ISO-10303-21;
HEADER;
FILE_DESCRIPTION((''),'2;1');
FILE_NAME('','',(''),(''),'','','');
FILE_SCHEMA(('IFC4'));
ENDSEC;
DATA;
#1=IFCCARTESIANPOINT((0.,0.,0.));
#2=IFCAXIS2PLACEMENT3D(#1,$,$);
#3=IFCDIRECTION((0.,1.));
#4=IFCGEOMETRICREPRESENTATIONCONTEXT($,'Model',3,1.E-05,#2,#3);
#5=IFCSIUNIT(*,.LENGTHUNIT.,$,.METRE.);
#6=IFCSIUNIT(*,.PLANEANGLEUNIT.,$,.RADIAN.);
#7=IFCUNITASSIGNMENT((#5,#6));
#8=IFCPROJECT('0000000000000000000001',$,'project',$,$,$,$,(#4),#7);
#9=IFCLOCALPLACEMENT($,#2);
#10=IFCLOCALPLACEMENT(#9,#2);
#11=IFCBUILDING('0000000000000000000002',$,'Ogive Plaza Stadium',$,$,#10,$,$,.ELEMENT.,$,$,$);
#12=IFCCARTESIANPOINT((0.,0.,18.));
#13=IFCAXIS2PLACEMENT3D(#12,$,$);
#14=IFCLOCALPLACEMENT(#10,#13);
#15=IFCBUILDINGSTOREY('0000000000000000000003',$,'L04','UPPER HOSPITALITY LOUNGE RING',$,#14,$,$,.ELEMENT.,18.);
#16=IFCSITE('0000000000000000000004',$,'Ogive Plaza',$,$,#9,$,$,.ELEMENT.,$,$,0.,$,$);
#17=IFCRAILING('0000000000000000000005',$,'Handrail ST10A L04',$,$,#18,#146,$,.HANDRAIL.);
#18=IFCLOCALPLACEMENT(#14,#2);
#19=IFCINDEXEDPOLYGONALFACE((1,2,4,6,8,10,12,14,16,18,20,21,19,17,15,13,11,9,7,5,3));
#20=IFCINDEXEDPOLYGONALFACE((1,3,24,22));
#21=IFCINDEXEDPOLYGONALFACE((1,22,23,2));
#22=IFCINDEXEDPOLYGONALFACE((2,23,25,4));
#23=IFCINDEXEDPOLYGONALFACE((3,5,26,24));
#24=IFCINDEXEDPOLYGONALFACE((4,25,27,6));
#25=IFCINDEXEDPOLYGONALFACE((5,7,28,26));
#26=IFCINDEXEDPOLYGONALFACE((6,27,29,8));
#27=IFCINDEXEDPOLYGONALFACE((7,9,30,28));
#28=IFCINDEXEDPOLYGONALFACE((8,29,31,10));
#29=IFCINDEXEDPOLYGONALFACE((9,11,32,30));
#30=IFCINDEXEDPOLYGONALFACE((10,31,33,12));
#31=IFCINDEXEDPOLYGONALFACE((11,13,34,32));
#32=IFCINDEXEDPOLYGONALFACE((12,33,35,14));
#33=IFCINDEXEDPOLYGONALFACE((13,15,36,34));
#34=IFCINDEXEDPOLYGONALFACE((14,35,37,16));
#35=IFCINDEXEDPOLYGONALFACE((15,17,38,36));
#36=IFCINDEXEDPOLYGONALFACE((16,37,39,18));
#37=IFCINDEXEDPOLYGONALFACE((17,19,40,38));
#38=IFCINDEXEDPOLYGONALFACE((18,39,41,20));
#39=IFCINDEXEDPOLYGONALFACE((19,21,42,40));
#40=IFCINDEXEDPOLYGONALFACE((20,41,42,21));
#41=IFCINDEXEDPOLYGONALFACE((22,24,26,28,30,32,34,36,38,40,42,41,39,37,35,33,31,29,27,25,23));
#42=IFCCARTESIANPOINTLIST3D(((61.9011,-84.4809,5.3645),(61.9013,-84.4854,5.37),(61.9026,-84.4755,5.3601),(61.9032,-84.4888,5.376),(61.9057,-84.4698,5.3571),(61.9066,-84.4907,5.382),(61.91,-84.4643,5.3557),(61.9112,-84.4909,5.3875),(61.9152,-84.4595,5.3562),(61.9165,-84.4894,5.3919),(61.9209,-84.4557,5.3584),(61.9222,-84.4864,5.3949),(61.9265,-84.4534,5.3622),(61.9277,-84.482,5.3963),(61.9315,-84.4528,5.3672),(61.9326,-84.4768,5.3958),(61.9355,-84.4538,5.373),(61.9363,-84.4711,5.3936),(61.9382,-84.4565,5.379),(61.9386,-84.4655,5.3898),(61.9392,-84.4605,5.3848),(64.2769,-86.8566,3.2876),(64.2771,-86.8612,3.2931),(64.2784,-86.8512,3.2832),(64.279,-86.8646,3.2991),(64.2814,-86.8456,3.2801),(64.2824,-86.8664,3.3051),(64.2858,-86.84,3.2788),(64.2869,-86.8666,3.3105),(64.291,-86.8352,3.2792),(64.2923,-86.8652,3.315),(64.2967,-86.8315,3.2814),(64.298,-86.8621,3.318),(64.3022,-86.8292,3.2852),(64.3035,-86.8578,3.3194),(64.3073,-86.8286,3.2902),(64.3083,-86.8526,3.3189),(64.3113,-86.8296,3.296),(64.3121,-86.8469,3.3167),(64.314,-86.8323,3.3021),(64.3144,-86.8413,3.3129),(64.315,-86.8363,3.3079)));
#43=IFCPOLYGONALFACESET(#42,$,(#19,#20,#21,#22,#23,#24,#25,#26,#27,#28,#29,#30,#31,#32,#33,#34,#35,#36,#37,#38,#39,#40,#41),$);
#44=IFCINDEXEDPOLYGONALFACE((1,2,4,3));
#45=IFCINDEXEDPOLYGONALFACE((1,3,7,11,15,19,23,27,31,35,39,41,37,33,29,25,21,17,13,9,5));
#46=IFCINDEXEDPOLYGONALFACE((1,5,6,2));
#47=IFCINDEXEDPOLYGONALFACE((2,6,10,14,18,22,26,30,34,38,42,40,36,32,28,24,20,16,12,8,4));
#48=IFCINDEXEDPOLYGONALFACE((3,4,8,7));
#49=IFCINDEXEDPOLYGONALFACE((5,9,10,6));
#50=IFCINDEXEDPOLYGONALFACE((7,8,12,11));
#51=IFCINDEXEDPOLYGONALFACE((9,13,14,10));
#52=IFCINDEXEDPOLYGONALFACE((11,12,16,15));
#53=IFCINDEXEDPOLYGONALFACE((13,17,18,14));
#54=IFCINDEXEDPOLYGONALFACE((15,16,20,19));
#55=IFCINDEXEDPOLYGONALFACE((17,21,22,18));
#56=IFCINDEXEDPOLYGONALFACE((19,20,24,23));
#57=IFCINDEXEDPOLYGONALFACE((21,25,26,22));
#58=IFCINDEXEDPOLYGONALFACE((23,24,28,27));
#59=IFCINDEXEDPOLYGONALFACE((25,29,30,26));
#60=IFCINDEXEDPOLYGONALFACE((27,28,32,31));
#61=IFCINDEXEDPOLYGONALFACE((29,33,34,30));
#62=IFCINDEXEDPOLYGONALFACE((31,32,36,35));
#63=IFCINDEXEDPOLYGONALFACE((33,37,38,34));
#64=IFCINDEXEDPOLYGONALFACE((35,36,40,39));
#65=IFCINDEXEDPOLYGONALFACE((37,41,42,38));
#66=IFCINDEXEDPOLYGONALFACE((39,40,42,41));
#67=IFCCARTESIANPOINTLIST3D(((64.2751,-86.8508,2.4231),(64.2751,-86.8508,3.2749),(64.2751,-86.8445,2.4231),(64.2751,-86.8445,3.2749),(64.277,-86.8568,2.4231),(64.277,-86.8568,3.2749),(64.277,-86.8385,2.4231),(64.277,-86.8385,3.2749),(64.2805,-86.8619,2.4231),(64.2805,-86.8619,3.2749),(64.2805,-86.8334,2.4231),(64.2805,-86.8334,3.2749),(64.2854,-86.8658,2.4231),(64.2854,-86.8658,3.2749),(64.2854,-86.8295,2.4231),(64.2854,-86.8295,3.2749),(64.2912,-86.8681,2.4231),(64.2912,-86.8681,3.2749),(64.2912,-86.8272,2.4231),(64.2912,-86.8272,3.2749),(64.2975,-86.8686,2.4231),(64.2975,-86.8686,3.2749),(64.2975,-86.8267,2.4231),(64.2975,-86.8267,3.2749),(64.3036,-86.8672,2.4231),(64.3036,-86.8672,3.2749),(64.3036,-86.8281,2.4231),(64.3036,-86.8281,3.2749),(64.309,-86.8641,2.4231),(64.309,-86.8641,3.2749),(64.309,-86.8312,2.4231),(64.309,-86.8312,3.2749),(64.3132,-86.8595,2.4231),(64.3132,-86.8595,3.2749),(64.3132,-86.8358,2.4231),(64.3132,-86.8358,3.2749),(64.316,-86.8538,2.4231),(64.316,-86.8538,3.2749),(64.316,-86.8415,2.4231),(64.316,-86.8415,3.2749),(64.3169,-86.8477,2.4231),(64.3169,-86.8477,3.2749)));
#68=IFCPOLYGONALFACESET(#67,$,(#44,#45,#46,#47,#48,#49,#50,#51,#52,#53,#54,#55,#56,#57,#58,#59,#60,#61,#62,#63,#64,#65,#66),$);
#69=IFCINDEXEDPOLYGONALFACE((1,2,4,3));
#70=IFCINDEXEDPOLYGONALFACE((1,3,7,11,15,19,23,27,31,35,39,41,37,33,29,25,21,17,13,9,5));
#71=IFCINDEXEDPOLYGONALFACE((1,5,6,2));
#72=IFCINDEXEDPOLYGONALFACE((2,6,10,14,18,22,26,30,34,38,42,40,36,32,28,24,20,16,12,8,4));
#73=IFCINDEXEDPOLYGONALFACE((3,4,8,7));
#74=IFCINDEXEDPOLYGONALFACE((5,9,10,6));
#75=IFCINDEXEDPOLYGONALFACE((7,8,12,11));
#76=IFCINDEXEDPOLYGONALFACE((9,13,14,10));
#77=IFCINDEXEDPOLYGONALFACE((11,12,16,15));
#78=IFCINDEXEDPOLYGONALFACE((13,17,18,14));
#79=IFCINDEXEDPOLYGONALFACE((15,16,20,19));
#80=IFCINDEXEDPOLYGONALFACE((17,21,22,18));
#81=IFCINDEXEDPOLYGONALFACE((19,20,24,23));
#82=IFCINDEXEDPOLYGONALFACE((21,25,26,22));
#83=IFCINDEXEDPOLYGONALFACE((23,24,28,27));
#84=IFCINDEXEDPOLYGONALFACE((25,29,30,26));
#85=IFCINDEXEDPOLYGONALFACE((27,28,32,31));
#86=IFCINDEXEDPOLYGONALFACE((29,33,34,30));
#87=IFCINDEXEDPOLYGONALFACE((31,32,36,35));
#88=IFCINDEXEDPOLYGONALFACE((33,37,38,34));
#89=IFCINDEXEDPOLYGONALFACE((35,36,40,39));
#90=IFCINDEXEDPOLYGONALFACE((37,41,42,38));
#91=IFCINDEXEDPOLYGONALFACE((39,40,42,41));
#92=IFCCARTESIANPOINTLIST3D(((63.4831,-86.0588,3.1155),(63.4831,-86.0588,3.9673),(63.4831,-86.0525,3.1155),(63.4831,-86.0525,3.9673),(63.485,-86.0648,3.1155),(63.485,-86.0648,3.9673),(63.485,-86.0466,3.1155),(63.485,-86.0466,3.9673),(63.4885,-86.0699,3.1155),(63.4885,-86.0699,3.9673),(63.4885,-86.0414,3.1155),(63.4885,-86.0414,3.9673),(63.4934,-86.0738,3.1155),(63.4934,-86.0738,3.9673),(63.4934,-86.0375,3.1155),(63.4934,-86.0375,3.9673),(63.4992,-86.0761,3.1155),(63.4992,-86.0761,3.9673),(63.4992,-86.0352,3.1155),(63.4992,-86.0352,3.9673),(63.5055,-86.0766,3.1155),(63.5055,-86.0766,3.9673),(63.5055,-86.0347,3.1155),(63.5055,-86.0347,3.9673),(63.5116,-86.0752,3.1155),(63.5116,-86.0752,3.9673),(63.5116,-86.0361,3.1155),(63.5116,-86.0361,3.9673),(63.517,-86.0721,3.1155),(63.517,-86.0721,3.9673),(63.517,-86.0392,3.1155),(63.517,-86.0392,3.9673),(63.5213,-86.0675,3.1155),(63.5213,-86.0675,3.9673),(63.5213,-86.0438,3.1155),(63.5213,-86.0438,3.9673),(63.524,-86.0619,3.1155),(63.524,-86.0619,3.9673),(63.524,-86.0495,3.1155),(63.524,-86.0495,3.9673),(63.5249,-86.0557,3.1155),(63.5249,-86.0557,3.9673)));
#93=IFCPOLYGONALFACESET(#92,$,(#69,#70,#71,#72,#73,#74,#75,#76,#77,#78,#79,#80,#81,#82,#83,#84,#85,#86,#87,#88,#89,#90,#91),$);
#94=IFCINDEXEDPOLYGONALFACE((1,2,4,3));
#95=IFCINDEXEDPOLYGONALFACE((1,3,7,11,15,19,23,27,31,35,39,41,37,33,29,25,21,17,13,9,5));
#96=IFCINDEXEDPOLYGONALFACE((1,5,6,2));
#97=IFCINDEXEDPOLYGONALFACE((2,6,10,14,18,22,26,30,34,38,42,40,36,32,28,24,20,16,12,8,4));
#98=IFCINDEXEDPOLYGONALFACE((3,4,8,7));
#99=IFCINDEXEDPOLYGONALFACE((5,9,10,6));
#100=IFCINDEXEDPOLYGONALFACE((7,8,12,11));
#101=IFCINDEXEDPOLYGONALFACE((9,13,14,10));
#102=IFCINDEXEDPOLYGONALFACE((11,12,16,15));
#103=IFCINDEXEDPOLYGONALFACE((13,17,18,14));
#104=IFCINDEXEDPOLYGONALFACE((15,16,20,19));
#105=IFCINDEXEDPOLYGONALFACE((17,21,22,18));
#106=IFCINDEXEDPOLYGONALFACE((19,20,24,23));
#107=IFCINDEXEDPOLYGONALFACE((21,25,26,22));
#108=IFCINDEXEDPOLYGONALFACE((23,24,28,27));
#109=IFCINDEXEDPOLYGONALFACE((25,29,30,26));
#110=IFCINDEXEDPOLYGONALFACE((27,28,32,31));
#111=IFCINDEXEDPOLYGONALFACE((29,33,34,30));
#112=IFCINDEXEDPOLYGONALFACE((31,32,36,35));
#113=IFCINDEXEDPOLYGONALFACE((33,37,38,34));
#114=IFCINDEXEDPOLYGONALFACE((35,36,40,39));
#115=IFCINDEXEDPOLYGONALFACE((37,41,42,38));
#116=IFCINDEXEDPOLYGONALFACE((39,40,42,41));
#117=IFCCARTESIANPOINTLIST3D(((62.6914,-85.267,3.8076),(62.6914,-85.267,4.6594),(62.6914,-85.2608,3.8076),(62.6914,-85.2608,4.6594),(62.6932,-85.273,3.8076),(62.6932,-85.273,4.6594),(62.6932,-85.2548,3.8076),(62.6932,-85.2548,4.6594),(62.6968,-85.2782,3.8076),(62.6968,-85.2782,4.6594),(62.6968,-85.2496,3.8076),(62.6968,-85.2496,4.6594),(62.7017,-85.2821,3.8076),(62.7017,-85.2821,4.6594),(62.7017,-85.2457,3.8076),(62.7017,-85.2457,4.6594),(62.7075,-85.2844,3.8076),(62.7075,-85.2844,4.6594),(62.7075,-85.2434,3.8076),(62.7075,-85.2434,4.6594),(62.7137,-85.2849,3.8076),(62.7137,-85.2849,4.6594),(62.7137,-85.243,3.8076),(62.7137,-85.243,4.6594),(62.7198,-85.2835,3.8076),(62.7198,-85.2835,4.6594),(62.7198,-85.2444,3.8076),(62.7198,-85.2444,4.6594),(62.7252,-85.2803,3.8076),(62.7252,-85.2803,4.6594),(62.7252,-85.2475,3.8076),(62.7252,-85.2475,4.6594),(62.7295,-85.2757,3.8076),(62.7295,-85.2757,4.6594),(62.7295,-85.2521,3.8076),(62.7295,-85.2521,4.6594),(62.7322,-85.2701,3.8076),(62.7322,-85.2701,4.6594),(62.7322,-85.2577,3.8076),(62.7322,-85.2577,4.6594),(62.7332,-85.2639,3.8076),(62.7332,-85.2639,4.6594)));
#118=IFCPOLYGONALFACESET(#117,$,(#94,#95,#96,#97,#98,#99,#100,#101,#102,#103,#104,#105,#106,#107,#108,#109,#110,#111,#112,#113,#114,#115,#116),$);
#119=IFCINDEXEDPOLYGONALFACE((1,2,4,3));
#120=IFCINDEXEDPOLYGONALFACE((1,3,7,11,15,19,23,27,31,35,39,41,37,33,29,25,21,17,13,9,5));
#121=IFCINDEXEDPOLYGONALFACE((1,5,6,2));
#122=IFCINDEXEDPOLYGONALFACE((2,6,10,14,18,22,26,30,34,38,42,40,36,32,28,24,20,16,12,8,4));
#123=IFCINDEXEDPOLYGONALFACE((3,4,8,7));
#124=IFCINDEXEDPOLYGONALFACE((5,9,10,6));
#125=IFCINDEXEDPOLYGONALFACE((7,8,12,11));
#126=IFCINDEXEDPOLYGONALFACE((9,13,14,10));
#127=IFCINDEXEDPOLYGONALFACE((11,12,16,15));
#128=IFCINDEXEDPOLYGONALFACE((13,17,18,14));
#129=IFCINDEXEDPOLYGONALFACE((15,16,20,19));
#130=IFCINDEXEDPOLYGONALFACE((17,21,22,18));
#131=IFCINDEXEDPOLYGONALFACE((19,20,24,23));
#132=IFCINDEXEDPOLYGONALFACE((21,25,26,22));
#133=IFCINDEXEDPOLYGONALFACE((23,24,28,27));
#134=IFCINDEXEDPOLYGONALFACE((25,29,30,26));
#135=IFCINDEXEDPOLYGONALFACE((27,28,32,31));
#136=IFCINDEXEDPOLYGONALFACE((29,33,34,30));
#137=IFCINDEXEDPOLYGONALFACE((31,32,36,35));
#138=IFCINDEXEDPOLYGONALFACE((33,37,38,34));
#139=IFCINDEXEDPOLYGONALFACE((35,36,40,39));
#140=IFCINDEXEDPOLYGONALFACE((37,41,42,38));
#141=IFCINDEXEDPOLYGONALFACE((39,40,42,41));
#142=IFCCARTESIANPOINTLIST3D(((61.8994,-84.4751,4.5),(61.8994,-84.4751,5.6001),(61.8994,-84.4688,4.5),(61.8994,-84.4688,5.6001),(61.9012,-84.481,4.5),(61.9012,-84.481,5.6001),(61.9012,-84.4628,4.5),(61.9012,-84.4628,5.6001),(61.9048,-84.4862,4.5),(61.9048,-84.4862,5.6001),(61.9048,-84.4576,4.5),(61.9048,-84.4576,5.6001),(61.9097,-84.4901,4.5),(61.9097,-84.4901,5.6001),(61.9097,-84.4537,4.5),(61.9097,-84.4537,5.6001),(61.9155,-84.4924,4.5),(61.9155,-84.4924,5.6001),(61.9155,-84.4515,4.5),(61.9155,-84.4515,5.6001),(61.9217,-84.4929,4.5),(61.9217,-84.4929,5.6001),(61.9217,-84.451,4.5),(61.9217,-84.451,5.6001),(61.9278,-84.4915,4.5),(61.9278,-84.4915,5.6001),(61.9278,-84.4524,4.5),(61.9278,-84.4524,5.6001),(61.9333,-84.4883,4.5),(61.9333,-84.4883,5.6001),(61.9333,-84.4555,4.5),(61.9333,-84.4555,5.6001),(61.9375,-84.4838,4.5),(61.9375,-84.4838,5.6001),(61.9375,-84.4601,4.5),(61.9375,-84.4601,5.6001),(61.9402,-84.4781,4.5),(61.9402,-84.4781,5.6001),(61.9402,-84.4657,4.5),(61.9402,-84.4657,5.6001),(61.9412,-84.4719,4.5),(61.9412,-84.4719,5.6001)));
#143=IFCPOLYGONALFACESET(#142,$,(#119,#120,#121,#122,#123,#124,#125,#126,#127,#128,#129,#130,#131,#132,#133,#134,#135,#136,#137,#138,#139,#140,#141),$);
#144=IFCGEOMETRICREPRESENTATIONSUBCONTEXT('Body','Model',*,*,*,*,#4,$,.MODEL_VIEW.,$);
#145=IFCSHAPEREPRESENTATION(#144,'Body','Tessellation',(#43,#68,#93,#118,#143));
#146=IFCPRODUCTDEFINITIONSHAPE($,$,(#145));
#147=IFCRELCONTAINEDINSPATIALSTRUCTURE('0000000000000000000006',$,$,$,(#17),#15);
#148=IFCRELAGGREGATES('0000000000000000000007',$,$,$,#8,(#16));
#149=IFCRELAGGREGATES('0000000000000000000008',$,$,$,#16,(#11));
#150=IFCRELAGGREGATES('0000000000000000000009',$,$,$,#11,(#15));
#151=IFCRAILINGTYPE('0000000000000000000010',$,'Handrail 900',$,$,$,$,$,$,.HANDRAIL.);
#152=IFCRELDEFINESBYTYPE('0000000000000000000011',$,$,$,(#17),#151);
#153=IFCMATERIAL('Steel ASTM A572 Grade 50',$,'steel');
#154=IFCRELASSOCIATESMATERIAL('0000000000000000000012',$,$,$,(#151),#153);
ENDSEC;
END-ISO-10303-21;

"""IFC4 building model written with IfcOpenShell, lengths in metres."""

from ifc_helpers import new_model, si_unit, direction, frame, origin, origin_2d, place, context, subcontext, project, spatial, circle, extrude, material, type_object, element, save


model = new_model("IFC4")

# Units and contexts
model_context = context("Model", 3, precision=1e-05, world=origin(), true_north=direction((0.0, 1.0)))
body_context = subcontext(model_context, "Body", "Model", "MODEL_VIEW")
ifc_project = project(units=[si_unit("LENGTHUNIT", "METRE"), si_unit("PLANEANGLEUNIT", "RADIAN")], contexts=[model_context])

# Site, building, storey
site_placement = place(None, origin())
site = spatial("IfcSite", under=ifc_project, at=site_placement, Name="Ogive Plaza", CompositionType="ELEMENT", RefElevation=0.0)
building_placement = place(site_placement, origin())
building = spatial("IfcBuilding", under=site, at=building_placement, Name="Ogive Plaza Stadium", CompositionType="ELEMENT")
storey_placement = place(building_placement, frame((0.0, 0.0, 18.0)))
storey = spatial("IfcBuildingStorey", under=building, at=storey_placement, Name="L04", Description="UPPER HOSPITALITY LOUNGE RING", CompositionType="ELEMENT", Elevation=18.0)

# Railing
ifc_material_1 = material(Name="Steel ASTM A572 Grade 50", Category="steel")
railing_type_1 = type_object("IfcRailingType", Name="Handrail 900", PredefinedType="HANDRAIL", material=ifc_material_1)
for number, where, name in (
    (1, (64.2959, -86.8477, 2.4231), "Handrail ST10A L04"),
):
    element("IfcRailing", number, at=place(storey_placement, frame(where)), inside=storey, type_object=railing_type_1, Name=name, PredefinedType="HANDRAIL", context=body_context, shape_type="SweptSolid", body=[
        extrude(circle(Radius=0.0239, at=origin_2d()), frame((0.0, 0.0, 0.876), z_axis=(-0.601466, 0.601466, 0.525811), x_axis=(-0.707107, -0.707107, 0.0)), (0.0, 0.0, 1.0), 3.95),
        extrude(circle(Radius=0.021, at=origin_2d()), origin(), (0.0, 0.0, 1.0), 0.8518),
        extrude(circle(Radius=0.021, at=origin_2d()), frame((-0.792, 0.792, 0.6924)), (0.0, 0.0, 1.0), 0.8518),
        extrude(circle(Radius=0.021, at=origin_2d()), frame((-1.5837, 1.5837, 1.3845)), (0.0, 0.0, 1.0), 0.8518),
        extrude(circle(Radius=0.021, at=origin_2d()), frame((-2.3757, 2.3757, 2.0769)), (0.0, 0.0, 1.0), 1.1001),
    ])

save(model, "model.ifc")
